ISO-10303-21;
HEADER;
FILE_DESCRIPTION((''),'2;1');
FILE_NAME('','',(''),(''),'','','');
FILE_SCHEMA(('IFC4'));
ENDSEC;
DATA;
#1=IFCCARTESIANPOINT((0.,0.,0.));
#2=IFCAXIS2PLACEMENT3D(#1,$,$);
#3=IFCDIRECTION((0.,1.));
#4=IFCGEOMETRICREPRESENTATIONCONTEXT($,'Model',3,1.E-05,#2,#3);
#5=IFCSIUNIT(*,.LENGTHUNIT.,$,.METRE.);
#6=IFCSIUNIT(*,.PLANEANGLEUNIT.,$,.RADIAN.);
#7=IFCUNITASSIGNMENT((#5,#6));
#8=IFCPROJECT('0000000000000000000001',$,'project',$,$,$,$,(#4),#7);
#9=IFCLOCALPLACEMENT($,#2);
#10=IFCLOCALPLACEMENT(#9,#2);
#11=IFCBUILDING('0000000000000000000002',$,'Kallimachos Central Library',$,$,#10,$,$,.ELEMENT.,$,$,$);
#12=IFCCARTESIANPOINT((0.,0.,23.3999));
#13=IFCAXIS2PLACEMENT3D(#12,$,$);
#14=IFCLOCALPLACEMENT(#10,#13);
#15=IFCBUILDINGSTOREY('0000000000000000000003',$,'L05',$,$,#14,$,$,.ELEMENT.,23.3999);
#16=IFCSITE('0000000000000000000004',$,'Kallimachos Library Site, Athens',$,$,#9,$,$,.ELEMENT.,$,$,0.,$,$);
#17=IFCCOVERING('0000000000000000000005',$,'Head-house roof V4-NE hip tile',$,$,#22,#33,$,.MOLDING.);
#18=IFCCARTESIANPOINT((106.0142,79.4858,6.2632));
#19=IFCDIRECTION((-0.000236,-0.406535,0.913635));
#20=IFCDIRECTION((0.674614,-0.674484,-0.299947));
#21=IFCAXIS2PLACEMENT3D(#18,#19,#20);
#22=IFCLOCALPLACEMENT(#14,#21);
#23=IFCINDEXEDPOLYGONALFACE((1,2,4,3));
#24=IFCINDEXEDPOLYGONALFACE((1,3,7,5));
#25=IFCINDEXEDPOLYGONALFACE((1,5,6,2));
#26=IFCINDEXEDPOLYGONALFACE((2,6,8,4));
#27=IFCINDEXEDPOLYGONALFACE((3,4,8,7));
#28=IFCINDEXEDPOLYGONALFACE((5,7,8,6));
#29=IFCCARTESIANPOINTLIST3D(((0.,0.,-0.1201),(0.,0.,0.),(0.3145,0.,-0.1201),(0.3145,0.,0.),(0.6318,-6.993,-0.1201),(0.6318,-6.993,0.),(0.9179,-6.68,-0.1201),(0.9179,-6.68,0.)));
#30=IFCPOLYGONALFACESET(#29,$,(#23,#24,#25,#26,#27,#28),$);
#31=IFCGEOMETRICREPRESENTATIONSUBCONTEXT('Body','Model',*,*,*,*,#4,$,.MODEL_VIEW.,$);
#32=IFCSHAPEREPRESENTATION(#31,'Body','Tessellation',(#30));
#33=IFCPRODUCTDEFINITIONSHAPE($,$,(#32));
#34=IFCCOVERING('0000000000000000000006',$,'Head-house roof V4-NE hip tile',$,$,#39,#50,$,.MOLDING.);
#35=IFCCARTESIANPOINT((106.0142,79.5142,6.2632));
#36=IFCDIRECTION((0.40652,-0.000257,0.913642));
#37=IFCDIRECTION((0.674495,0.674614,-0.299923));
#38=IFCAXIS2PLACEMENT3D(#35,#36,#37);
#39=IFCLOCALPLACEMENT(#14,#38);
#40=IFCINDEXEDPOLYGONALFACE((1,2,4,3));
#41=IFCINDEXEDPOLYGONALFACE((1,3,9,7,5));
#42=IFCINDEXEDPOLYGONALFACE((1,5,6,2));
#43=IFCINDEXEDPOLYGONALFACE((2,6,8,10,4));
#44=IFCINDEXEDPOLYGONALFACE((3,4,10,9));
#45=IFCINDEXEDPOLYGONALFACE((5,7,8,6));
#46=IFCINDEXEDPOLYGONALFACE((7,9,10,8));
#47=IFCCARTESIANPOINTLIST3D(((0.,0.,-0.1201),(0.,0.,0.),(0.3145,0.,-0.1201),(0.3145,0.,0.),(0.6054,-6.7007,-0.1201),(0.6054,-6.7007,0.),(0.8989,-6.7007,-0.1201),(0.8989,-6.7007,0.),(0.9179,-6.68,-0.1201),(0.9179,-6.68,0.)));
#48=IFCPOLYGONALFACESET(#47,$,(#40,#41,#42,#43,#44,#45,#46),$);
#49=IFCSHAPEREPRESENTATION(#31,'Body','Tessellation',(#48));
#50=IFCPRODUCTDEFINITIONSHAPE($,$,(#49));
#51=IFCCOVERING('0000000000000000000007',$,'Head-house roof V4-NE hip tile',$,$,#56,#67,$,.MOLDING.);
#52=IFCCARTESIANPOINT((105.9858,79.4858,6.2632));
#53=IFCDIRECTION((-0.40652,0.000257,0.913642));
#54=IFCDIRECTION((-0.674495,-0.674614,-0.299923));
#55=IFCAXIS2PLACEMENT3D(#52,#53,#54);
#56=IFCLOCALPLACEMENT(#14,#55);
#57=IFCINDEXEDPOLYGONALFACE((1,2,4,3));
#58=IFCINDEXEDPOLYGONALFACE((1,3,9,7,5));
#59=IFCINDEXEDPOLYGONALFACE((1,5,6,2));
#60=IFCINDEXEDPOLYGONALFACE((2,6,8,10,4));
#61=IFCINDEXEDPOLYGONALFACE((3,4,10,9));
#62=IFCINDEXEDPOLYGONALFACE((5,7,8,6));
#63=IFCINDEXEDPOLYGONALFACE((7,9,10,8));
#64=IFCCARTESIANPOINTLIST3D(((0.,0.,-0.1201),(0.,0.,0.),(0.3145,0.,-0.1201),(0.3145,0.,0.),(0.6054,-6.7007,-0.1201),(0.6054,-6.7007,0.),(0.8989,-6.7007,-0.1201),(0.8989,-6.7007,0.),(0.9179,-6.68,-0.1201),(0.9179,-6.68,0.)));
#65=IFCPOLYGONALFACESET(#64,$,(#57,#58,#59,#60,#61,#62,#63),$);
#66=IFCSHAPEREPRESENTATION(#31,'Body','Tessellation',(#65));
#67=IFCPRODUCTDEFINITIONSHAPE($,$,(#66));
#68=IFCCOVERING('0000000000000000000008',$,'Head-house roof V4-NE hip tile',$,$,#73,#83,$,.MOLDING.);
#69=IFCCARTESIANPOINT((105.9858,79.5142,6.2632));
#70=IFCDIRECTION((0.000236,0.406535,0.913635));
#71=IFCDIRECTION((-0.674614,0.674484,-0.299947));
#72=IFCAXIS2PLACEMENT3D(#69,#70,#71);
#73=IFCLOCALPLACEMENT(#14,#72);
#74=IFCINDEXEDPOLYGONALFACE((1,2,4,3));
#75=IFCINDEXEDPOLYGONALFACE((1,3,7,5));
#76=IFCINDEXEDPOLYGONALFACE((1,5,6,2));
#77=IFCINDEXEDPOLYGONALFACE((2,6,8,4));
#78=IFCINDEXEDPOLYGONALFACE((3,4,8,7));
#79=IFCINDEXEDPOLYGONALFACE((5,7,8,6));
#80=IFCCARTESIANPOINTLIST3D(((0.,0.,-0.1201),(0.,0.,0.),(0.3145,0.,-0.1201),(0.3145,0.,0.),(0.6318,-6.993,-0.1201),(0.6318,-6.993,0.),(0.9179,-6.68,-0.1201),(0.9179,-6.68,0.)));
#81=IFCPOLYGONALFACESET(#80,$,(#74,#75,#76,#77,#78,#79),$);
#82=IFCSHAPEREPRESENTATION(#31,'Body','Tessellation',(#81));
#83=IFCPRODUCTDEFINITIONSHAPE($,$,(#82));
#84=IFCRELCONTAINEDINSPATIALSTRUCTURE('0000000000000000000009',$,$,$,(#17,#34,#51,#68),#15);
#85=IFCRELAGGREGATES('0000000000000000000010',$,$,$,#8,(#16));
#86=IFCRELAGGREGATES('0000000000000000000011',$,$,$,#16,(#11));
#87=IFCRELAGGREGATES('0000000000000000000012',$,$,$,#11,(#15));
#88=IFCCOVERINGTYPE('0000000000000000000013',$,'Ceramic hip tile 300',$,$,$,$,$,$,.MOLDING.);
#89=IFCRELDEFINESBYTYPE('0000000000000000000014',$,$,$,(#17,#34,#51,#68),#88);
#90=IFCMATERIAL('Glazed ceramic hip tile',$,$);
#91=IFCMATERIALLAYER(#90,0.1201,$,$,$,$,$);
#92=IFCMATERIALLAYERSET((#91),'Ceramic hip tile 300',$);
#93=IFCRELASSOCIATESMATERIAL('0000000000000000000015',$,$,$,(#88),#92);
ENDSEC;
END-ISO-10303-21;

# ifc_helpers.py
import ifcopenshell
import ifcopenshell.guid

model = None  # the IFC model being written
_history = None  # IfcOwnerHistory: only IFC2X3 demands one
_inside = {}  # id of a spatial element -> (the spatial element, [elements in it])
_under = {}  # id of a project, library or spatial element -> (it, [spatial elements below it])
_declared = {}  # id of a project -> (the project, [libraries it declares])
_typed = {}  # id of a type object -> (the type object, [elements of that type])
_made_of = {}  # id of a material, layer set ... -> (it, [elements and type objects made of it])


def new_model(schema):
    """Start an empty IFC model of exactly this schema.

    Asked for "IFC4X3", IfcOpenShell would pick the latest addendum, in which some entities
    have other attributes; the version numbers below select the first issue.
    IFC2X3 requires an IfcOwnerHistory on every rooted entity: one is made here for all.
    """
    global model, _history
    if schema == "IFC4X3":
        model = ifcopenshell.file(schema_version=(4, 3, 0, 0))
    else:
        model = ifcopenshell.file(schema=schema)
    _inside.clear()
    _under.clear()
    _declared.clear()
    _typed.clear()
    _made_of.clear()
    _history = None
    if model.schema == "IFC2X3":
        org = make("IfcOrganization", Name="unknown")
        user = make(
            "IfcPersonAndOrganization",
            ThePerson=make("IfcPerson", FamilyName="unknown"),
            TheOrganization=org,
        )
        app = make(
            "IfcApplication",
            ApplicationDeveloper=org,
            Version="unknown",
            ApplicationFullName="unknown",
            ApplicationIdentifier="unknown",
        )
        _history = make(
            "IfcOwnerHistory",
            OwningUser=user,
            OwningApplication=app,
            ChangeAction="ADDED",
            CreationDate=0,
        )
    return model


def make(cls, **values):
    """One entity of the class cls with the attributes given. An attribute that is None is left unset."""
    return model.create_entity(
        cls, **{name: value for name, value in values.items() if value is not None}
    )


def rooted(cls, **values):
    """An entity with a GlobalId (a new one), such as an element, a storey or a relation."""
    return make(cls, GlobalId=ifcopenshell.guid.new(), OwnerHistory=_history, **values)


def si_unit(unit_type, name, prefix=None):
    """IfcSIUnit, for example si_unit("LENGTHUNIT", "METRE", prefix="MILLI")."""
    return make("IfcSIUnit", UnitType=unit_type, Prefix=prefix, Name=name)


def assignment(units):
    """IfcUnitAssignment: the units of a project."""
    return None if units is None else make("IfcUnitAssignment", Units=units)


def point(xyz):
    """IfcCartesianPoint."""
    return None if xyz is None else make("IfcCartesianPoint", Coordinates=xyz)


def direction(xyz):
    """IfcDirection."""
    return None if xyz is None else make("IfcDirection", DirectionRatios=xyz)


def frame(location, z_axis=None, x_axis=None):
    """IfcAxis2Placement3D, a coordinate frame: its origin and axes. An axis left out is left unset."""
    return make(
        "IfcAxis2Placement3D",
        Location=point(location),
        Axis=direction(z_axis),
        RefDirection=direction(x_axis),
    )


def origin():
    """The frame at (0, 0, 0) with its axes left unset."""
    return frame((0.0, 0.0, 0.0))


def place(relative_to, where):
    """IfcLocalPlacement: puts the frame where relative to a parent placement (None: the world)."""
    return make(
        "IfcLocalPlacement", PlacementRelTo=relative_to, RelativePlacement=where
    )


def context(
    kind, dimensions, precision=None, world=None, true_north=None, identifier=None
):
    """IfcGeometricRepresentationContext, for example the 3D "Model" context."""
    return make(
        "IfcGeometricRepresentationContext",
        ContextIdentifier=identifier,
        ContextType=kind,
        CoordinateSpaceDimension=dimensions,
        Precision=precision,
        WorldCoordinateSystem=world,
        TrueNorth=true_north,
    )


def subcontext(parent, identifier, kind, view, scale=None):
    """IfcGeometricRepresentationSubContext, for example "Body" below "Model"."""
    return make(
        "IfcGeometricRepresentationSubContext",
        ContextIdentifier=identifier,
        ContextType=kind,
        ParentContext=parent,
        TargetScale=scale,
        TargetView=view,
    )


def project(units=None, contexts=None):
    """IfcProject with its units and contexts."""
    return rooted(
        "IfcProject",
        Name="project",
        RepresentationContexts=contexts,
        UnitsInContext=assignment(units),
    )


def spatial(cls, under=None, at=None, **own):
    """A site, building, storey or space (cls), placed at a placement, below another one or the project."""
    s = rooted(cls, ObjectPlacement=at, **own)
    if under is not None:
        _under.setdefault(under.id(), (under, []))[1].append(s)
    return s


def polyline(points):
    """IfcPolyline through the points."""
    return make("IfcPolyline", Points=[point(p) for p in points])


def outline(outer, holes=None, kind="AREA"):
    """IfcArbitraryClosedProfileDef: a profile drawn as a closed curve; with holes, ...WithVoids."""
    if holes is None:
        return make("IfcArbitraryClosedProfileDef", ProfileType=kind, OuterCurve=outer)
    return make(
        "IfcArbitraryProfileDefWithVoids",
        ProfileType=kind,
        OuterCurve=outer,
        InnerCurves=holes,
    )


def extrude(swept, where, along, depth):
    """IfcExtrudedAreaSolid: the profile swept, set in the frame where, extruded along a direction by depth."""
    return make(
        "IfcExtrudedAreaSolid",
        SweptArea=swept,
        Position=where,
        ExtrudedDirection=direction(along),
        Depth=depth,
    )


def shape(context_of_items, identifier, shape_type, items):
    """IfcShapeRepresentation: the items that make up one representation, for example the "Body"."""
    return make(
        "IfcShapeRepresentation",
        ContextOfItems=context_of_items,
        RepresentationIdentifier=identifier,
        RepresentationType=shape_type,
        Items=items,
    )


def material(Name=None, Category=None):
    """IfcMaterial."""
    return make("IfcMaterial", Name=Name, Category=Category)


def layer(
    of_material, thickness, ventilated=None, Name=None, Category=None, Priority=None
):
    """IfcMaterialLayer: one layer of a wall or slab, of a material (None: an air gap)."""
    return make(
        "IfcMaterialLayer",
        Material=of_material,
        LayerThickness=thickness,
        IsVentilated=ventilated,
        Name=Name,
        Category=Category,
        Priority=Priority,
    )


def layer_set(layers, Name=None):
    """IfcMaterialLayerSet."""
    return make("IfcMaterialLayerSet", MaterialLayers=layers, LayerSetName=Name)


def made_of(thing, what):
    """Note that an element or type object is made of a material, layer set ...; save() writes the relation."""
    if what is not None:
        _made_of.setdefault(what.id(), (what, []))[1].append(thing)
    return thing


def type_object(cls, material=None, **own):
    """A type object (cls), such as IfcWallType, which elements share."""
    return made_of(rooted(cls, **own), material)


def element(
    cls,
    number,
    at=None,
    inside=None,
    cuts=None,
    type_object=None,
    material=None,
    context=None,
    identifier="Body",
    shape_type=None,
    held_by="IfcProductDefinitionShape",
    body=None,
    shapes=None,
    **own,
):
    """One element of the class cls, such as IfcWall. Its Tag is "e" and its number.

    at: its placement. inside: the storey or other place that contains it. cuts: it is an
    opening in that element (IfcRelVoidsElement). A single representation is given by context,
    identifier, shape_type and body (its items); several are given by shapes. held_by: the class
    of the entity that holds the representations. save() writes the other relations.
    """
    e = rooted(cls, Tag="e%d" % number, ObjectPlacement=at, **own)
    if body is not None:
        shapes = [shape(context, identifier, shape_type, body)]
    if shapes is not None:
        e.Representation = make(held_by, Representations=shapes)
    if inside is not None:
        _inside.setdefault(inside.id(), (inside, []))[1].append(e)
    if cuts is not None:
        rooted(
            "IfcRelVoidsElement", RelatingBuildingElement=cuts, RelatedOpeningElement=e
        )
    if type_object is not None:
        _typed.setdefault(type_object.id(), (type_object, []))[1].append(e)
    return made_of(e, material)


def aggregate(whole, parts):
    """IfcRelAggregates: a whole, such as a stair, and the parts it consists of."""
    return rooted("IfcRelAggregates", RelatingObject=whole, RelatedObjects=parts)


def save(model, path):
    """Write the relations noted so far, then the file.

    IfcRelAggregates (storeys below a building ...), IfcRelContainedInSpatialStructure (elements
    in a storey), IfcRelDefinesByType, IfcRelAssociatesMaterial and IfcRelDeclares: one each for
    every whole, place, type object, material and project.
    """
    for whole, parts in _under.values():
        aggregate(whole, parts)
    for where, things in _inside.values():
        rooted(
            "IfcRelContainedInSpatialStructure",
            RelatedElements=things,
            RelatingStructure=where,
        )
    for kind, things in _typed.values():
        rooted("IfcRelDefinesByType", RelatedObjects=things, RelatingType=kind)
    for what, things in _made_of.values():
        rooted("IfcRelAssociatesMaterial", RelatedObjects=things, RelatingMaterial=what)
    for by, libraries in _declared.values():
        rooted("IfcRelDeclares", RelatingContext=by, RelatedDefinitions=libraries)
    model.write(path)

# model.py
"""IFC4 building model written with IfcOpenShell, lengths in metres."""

from ifc_helpers import new_model, si_unit, direction, frame, origin, place, context, subcontext, project, spatial, polyline, outline, extrude, material, layer, layer_set, type_object, element, save


model = new_model("IFC4")

# Units and contexts
model_context = context("Model", 3, precision=1e-05, world=origin(), true_north=direction((0.0, 1.0)))
body_context = subcontext(model_context, "Body", "Model", "MODEL_VIEW")
ifc_project = project(units=[si_unit("LENGTHUNIT", "METRE"), si_unit("PLANEANGLEUNIT", "RADIAN")], contexts=[model_context])

# Site, building, storey
site_placement = place(None, origin())
site = spatial("IfcSite", under=ifc_project, at=site_placement, Name="Kallimachos Library Site, Athens", CompositionType="ELEMENT", RefElevation=0.0)
building_placement = place(site_placement, origin())
building = spatial("IfcBuilding", under=site, at=building_placement, Name="Kallimachos Central Library", CompositionType="ELEMENT")
storey_placement = place(building_placement, frame((0.0, 0.0, 23.3999)))
storey = spatial("IfcBuildingStorey", under=building, at=storey_placement, Name="L05", CompositionType="ELEMENT", Elevation=23.3999)

# Coverings
ifc_material_1 = material(Name="Glazed ceramic hip tile")
ifc_layer_1 = layer(ifc_material_1, 0.1201)
ifc_layer_set_1 = layer_set([ifc_layer_1], Name="Ceramic hip tile 300")
covering_type_1 = type_object("IfcCoveringType", Name="Ceramic hip tile 300", PredefinedType="MOLDING", material=ifc_layer_set_1)
covering_1_placement = place(storey_placement, frame((106.0142, 79.4858, 6.2632), z_axis=(-0.000236, -0.406535, 0.913635), x_axis=(0.674614, -0.674484, -0.299947)))
element("IfcCovering", 1, at=covering_1_placement, inside=storey, type_object=covering_type_1, Name="Head-house roof V4-NE hip tile", PredefinedType="MOLDING", context=body_context, shape_type="SweptSolid", body=[
    extrude(outline(polyline([(0.0, 0.0), (0.3145, 0.0), (0.9179, -6.68), (0.6318, -6.993), (0.0, 0.0)])), origin(), (0.0, 0.0, -1.0), 0.1201),
])
covering_2_placement = place(storey_placement, frame((106.0142, 79.5142, 6.2632), z_axis=(0.40652, -0.000257, 0.913642), x_axis=(0.674495, 0.674614, -0.299923)))
element("IfcCovering", 2, at=covering_2_placement, inside=storey, type_object=covering_type_1, Name="Head-house roof V4-NE hip tile", PredefinedType="MOLDING", context=body_context, shape_type="SweptSolid", body=[
    extrude(outline(polyline([(0.0, 0.0), (0.3145, 0.0), (0.9179, -6.68), (0.8989, -6.7007), (0.6054, -6.7007), (0.0, 0.0)])), origin(), (0.0, 0.0, -1.0), 0.1201),
])
covering_3_placement = place(storey_placement, frame((105.9858, 79.4858, 6.2632), z_axis=(-0.40652, 0.000257, 0.913642), x_axis=(-0.674495, -0.674614, -0.299923)))
element("IfcCovering", 3, at=covering_3_placement, inside=storey, type_object=covering_type_1, Name="Head-house roof V4-NE hip tile", PredefinedType="MOLDING", context=body_context, shape_type="SweptSolid", body=[
    extrude(outline(polyline([(0.0, 0.0), (0.3145, 0.0), (0.9179, -6.68), (0.8989, -6.7007), (0.6054, -6.7007), (0.0, 0.0)])), origin(), (0.0, 0.0, -1.0), 0.1201),
])
covering_4_placement = place(storey_placement, frame((105.9858, 79.5142, 6.2632), z_axis=(0.000236, 0.406535, 0.913635), x_axis=(-0.674614, 0.674484, -0.299947)))
element("IfcCovering", 4, at=covering_4_placement, inside=storey, type_object=covering_type_1, Name="Head-house roof V4-NE hip tile", PredefinedType="MOLDING", context=body_context, shape_type="SweptSolid", body=[
    extrude(outline(polyline([(0.0, 0.0), (0.3145, 0.0), (0.9179, -6.68), (0.6318, -6.993), (0.0, 0.0)])), origin(), (0.0, 0.0, -1.0), 0.1201),
])

save(model, "model.ifc")
